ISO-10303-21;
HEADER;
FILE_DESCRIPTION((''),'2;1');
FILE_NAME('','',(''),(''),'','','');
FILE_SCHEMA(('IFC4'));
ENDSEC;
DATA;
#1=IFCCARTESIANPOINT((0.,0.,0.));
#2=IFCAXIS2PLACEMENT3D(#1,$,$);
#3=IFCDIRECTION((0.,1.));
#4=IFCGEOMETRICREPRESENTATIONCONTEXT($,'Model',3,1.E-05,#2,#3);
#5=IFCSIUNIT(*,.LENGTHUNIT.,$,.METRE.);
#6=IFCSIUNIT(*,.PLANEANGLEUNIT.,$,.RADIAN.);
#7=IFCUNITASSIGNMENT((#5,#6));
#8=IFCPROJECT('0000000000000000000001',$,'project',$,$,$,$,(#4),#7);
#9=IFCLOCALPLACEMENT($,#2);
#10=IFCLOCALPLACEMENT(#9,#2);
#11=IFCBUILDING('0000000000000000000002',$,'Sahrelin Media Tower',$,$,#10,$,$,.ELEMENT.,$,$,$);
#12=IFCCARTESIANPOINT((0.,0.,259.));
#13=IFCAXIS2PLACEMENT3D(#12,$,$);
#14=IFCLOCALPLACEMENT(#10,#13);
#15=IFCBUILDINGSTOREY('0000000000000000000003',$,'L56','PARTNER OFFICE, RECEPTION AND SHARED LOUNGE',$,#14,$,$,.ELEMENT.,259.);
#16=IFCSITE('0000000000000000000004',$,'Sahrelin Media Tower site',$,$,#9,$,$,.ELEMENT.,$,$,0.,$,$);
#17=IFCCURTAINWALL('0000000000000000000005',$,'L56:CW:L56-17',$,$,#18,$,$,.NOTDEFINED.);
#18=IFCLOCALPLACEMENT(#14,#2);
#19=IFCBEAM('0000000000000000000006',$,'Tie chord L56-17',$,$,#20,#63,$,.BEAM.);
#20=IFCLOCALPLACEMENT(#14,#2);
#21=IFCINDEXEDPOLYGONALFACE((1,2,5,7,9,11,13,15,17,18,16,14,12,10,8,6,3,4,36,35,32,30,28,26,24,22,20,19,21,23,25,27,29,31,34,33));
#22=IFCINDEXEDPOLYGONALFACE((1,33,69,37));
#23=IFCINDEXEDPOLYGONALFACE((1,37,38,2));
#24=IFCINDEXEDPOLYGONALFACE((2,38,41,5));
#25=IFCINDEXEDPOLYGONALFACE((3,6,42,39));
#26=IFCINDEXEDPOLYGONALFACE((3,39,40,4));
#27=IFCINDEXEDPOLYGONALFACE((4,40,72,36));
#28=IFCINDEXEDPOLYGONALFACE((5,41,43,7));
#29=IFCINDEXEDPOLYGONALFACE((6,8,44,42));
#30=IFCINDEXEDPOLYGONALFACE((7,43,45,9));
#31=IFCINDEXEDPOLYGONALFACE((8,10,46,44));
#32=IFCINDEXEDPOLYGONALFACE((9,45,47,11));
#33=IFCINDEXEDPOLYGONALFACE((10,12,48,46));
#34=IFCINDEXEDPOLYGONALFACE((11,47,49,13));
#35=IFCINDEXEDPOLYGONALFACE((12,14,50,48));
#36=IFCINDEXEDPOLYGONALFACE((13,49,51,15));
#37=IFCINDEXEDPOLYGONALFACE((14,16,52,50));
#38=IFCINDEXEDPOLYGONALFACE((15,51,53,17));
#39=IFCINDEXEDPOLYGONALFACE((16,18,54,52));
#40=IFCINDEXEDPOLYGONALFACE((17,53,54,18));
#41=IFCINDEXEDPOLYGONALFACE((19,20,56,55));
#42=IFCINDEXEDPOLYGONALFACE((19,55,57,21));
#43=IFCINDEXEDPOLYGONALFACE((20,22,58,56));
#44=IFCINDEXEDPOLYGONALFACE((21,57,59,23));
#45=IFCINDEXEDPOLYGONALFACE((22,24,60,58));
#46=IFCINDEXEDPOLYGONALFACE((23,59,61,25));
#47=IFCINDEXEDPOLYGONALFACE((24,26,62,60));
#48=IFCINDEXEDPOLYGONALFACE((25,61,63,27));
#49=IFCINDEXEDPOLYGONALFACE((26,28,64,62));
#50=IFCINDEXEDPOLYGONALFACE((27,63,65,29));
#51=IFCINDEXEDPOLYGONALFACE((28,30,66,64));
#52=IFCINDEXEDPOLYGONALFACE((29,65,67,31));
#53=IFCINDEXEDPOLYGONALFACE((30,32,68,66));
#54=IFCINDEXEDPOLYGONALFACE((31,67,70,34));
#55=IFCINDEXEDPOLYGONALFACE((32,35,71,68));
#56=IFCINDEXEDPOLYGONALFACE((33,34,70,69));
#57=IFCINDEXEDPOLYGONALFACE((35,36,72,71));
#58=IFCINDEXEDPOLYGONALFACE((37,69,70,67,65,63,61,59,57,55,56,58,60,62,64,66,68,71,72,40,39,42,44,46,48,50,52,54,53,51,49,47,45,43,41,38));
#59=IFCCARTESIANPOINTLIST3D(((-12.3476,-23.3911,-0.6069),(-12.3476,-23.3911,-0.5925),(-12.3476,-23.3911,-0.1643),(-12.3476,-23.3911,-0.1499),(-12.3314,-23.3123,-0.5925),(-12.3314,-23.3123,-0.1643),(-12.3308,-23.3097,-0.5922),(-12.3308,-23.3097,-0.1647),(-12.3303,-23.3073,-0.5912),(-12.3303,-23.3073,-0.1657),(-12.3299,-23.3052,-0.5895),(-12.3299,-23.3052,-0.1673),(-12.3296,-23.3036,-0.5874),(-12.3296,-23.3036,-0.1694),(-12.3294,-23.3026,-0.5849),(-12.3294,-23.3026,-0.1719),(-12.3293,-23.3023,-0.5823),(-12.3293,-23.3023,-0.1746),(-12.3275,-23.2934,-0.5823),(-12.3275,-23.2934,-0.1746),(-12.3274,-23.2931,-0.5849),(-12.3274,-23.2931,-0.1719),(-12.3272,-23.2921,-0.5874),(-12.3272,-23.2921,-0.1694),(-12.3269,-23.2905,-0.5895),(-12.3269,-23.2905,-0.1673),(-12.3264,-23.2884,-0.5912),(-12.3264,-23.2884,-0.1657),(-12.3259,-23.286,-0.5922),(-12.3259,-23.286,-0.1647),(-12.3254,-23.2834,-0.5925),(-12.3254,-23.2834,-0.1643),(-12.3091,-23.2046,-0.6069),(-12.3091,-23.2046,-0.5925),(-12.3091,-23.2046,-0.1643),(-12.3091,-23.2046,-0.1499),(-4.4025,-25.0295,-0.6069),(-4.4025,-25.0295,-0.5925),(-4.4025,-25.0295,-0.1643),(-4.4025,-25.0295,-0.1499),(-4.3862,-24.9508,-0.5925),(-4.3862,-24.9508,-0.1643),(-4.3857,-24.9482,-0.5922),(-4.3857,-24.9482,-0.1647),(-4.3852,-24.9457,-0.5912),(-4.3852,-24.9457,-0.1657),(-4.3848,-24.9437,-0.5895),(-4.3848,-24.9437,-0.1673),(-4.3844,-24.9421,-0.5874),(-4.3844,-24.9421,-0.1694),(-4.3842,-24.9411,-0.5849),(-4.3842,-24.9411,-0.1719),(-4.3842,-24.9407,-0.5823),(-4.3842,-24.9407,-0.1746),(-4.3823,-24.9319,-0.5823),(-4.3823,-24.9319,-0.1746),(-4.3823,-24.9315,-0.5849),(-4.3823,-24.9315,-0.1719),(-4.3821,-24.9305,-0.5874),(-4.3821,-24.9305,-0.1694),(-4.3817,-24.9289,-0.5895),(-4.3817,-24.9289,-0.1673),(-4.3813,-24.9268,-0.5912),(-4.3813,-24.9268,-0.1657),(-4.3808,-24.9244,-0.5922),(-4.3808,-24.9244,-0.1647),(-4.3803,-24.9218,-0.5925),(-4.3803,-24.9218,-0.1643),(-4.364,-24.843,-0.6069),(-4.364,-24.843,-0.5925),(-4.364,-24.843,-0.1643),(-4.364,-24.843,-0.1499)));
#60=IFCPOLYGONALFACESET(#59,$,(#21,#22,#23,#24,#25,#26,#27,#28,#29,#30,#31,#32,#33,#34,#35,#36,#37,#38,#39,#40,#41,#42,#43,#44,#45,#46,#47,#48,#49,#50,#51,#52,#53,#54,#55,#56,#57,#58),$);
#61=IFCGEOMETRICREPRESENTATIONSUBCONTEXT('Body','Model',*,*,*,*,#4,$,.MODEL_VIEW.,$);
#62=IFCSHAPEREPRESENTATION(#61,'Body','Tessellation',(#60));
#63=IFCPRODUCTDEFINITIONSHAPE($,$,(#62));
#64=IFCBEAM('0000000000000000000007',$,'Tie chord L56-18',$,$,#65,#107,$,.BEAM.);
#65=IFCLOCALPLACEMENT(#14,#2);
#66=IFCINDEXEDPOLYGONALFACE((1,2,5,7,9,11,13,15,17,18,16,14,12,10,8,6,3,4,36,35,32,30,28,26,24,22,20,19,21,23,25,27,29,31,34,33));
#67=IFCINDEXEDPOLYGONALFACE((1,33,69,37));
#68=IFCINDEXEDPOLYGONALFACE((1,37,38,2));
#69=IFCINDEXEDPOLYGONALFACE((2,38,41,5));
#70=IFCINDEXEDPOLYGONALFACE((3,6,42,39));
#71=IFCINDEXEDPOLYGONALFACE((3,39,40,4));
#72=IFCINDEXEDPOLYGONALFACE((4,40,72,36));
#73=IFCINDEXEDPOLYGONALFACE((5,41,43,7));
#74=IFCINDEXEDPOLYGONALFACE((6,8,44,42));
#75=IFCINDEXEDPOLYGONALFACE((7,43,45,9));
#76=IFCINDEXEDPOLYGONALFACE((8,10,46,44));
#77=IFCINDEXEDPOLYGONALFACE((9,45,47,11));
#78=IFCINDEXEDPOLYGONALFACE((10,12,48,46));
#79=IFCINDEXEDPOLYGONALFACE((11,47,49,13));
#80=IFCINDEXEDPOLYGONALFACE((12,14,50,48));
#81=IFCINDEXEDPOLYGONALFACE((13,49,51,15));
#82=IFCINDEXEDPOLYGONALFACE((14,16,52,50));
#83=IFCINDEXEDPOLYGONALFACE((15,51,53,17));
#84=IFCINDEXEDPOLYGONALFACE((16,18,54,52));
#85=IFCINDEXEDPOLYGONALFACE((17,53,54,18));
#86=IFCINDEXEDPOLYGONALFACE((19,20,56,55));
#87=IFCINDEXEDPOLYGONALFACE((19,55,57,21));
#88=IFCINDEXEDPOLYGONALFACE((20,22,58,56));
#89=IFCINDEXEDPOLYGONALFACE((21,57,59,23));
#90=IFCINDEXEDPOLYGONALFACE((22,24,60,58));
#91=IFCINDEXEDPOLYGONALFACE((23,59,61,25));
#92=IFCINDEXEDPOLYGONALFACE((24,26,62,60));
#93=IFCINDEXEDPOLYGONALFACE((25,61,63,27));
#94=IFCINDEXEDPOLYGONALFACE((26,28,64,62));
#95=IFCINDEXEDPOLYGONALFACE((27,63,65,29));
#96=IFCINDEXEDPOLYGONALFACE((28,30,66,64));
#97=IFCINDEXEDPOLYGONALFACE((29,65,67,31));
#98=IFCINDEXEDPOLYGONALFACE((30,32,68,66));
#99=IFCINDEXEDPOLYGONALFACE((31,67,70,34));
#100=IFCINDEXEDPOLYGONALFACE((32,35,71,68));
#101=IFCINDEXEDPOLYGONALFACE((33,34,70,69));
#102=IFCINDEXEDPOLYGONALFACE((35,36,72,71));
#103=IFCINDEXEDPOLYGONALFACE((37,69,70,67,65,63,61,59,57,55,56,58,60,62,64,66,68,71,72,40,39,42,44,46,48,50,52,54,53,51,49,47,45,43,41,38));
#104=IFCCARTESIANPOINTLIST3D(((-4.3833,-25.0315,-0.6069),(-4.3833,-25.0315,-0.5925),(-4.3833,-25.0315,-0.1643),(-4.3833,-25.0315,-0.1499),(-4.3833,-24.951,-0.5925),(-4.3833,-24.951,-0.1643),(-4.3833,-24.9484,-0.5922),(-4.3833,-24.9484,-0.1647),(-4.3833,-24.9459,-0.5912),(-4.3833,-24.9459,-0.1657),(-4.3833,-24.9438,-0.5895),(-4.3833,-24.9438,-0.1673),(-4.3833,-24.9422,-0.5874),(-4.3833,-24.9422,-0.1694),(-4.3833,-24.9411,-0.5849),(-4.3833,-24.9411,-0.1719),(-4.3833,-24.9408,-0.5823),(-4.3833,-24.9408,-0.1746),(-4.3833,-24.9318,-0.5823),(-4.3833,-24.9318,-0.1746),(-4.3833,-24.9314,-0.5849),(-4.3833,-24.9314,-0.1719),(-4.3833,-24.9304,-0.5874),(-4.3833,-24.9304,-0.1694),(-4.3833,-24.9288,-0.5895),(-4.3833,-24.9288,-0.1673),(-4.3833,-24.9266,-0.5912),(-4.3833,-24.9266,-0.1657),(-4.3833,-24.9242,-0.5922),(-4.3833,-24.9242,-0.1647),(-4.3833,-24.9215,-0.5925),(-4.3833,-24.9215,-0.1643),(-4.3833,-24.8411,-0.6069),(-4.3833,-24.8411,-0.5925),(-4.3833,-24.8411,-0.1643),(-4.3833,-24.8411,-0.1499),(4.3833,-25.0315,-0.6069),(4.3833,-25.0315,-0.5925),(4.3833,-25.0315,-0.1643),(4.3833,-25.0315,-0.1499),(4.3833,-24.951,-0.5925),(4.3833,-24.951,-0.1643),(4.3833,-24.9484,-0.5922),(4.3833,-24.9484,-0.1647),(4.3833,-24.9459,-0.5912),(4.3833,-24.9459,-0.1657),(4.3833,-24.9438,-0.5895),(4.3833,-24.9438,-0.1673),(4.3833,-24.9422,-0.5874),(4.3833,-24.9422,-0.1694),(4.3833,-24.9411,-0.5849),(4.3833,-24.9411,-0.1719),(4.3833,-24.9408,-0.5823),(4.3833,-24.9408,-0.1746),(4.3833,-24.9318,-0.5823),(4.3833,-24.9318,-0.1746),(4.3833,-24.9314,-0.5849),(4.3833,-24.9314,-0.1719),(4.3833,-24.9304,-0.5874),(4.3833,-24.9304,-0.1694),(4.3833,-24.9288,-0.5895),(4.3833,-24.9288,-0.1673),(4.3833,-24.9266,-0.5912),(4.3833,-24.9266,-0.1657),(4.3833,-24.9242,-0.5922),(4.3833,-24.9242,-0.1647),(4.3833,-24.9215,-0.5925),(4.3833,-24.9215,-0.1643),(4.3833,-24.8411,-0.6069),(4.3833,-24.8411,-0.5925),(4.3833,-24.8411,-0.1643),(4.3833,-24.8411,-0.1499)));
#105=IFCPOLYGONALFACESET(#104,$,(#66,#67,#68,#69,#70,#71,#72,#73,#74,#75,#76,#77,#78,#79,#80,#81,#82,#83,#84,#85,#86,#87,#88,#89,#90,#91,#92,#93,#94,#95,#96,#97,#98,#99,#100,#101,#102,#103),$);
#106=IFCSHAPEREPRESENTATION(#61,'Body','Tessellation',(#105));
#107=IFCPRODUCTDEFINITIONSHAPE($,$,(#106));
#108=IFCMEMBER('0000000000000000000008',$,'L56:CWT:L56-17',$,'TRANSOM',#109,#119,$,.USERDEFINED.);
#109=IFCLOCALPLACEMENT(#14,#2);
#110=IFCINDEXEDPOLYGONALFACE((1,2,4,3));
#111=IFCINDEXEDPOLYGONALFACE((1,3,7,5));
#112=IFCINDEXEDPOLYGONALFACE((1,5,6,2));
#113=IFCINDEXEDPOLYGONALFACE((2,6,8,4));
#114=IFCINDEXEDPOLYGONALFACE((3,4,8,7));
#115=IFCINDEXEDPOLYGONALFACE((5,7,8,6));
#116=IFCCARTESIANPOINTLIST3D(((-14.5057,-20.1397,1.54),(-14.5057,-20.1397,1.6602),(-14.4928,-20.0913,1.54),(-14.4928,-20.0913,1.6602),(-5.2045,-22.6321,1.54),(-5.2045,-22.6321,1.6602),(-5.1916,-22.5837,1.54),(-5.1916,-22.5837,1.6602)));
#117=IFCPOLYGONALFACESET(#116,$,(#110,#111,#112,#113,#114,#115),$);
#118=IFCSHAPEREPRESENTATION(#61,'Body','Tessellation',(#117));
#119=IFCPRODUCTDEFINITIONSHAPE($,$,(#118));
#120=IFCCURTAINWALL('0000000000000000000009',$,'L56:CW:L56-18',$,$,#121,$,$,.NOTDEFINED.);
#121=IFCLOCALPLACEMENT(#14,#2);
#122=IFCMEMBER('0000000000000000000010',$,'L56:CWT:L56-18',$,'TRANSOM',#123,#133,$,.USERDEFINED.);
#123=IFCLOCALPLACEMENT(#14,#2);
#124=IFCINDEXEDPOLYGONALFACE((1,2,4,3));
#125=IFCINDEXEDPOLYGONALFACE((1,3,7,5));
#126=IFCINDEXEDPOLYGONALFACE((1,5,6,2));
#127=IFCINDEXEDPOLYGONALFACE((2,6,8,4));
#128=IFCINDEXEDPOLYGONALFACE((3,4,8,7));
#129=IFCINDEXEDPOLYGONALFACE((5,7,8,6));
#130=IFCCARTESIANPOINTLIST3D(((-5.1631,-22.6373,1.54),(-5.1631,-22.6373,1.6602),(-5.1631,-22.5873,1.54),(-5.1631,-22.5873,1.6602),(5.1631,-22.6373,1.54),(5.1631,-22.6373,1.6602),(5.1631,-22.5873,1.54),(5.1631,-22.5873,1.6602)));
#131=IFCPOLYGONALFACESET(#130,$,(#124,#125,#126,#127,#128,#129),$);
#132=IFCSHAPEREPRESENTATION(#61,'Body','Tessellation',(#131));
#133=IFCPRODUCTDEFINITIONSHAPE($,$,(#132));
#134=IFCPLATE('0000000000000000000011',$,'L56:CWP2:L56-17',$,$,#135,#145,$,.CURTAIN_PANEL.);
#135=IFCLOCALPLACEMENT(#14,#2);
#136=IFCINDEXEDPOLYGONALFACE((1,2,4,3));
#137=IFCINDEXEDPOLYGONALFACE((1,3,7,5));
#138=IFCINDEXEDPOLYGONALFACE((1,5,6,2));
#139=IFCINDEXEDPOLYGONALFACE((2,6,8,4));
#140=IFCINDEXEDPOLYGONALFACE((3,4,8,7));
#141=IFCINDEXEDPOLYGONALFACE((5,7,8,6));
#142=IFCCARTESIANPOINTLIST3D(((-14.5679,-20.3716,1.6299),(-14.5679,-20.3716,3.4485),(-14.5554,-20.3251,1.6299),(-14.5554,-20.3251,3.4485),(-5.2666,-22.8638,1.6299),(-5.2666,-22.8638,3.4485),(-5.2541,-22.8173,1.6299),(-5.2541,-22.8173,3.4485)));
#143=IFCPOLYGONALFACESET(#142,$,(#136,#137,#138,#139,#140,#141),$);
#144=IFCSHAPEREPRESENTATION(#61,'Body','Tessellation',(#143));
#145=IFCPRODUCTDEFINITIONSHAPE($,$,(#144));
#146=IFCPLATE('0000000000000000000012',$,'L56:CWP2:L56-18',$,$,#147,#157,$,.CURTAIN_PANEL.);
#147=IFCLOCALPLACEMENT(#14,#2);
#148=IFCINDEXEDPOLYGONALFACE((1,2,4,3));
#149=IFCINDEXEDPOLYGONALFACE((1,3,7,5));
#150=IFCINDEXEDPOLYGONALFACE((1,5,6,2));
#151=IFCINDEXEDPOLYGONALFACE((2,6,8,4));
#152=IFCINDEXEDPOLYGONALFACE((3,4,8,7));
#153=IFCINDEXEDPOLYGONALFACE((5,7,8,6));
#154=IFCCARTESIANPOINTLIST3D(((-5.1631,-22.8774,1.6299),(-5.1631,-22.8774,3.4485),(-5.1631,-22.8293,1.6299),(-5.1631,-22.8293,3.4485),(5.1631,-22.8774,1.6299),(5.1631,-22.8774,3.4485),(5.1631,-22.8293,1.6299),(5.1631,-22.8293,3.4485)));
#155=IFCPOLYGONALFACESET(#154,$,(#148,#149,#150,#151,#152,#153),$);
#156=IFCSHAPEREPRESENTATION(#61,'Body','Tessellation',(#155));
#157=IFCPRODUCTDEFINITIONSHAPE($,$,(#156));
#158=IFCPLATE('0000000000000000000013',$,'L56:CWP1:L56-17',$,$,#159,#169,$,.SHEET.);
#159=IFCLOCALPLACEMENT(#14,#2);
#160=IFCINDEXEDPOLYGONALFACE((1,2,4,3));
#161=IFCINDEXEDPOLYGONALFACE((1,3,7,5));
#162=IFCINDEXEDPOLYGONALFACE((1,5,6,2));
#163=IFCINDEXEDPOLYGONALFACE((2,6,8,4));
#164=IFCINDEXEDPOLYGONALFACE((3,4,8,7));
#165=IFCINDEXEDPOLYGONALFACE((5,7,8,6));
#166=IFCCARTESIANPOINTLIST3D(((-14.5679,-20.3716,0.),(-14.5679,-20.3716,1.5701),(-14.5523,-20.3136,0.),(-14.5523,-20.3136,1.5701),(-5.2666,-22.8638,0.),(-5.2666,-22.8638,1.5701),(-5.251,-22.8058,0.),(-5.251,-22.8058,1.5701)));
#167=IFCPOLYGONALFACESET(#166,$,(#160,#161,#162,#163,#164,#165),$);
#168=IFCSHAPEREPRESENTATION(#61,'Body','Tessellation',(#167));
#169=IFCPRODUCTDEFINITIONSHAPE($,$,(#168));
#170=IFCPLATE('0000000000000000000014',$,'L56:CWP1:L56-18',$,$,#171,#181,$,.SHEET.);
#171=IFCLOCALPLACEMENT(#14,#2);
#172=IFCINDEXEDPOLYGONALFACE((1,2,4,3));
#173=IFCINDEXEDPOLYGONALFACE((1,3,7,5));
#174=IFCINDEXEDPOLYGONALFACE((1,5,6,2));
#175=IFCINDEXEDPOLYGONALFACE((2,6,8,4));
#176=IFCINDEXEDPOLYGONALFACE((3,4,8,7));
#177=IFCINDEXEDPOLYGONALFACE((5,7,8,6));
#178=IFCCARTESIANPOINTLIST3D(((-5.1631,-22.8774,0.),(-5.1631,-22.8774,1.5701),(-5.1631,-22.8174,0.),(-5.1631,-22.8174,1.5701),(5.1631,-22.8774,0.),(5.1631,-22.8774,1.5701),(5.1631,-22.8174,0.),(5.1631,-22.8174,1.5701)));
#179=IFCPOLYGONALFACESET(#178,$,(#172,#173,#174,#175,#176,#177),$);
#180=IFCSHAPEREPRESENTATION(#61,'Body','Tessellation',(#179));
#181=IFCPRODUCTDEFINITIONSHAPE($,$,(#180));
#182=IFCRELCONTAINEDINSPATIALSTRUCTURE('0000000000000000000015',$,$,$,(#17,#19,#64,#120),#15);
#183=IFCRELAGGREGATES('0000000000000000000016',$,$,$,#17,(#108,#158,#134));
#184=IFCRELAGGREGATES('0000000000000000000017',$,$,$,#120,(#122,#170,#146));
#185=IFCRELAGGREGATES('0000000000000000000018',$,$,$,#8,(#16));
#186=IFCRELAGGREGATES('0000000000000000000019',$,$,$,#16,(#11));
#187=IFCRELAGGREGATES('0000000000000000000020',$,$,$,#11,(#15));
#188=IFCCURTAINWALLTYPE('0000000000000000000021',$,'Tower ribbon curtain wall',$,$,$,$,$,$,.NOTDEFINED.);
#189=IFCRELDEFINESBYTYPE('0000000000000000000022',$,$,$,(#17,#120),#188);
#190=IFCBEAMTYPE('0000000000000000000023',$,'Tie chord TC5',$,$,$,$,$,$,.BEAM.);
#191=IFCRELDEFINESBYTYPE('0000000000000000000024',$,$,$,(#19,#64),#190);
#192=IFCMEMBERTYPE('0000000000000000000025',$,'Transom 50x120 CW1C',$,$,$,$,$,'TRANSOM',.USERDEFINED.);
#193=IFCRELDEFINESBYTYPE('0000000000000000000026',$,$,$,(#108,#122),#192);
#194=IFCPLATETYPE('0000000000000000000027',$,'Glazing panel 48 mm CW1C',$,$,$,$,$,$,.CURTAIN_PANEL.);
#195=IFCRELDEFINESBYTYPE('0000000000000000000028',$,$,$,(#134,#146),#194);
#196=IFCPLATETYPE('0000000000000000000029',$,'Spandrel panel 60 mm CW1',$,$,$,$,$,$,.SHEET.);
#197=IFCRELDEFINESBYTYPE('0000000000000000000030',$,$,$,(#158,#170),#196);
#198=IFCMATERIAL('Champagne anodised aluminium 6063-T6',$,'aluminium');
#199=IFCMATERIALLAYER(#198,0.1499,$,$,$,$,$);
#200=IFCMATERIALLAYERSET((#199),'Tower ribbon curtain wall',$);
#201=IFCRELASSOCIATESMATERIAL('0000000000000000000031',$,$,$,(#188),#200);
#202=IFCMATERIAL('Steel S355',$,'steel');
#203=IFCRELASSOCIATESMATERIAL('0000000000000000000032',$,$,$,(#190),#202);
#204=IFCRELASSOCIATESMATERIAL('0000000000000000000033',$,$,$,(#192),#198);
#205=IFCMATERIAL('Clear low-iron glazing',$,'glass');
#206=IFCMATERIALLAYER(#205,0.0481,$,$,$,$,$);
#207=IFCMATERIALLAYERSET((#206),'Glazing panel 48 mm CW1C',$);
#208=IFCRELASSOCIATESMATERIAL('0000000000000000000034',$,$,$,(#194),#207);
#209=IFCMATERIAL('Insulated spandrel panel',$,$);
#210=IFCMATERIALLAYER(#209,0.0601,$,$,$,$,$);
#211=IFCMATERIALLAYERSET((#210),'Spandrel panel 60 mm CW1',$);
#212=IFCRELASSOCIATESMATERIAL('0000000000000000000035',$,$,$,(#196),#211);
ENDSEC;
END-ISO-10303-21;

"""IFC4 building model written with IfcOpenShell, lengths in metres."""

from ifc_helpers import new_model, si_unit, direction, frame, origin, origin_2d, place, context, subcontext, project, spatial, polyline, rectangle, i_section, outline, extrude, material, layer, layer_set, material_profile, profile_set, type_object, element, aggregate, save


model = new_model("IFC4")

# Units and contexts
model_context = context("Model", 3, precision=1e-05, world=origin(), true_north=direction((0.0, 1.0)))
body_context = subcontext(model_context, "Body", "Model", "MODEL_VIEW")
ifc_project = project(units=[si_unit("LENGTHUNIT", "METRE"), si_unit("PLANEANGLEUNIT", "RADIAN")], contexts=[model_context])

# Site, building, storey
site_placement = place(None, origin())
site = spatial("IfcSite", under=ifc_project, at=site_placement, Name="Sahrelin Media Tower site", CompositionType="ELEMENT", RefElevation=0.0)
building_placement = place(site_placement, origin())
building = spatial("IfcBuilding", under=site, at=building_placement, Name="Sahrelin Media Tower", CompositionType="ELEMENT")
storey_placement = place(building_placement, frame((0.0, 0.0, 259.0)))
storey = spatial("IfcBuildingStorey", under=building, at=storey_placement, Name="L56", Description="PARTNER OFFICE, RECEPTION AND SHARED LOUNGE", CompositionType="ELEMENT", Elevation=259.0)

# Shared definitions
ifc_material_1 = material(Name="Steel S355", Category="steel")

# Curtain wall
ifc_material_2 = material(Name="Champagne anodised aluminium 6063-T6", Category="aluminium")
ifc_layer_1 = layer(ifc_material_2, 0.1499)
ifc_layer_set_1 = layer_set([ifc_layer_1], Name="Tower ribbon curtain wall")
curtain_wall_type = type_object("IfcCurtainWallType", Name="Tower ribbon curtain wall", PredefinedType="NOTDEFINED", material=ifc_layer_set_1)
curtain_wall_1_placement = place(storey_placement, frame((-9.9121, -21.5984, 0.0), z_axis=(0.0, 0.0, 1.0), x_axis=(1.0, 0.0, 0.0)))
curtain_wall_1 = element("IfcCurtainWall", 1, at=curtain_wall_1_placement, inside=storey, type_object=curtain_wall_type, Name="L56:CW:L56-17", PredefinedType="NOTDEFINED")

# Beams
ifc_material_profile_1 = material_profile(ifc_material_1, i_section(OverallWidth=0.1904, OverallDepth=0.457, WebThickness=0.009, FlangeThickness=0.0144, FilletRadius=0.0103, at=origin_2d()), Name="UB 457x191x74")
ifc_profile_set_1 = profile_set([ifc_material_profile_1], Name="Steel S355")
beam_type_1 = type_object("IfcBeamType", Name="Tie chord TC5", PredefinedType="BEAM", material=ifc_profile_set_1)
beam_1_placement = place(storey_placement, frame((-12.3284, -23.2979, -0.3784), z_axis=(0.979392, -0.20197, 0.0), x_axis=(0.20197, 0.979392, 0.0)))
element("IfcBeam", 2, at=beam_1_placement, inside=storey, type_object=beam_type_1, Name="Tie chord L56-17", PredefinedType="BEAM", context=body_context, shape_type="SweptSolid", body=[
    extrude(i_section(OverallWidth=0.1904, OverallDepth=0.457, WebThickness=0.009, FlangeThickness=0.0144, FilletRadius=0.0103, at=origin_2d()), origin(), (0.0, 0.0, 1.0), 8.1123),
])
beam_2_placement = place(storey_placement, frame((-4.3833, -24.9363, -0.3784), z_axis=(1.0, 0.0, 0.0), x_axis=(0.0, 1.0, 0.0)))
element("IfcBeam", 3, at=beam_2_placement, inside=storey, type_object=beam_type_1, Name="Tie chord L56-18", PredefinedType="BEAM", context=body_context, shape_type="SweptSolid", body=[
    extrude(i_section(OverallWidth=0.1904, OverallDepth=0.457, WebThickness=0.009, FlangeThickness=0.0144, FilletRadius=0.0103, at=origin_2d()), origin(), (0.0, 0.0, 1.0), 8.7666),
])

# Member
ifc_material_profile_2 = material_profile(ifc_material_2, rectangle(XDim=0.05, YDim=0.1201, at=origin_2d()), Name="Transom 50x120")
ifc_profile_set_2 = profile_set([ifc_material_profile_2], Name="Champagne anodised aluminium 6063-T6")
member_type_1 = type_object("IfcMemberType", Name="Transom 50x120 CW1C", ElementType="TRANSOM", PredefinedType="USERDEFINED", material=ifc_profile_set_2)
member_1_placement = place(storey_placement, frame((-14.4993, -20.1155, 1.6001), z_axis=(0.965922, -0.258835, 0.0), x_axis=(0.258835, 0.965922, 0.0)))
member_1 = element("IfcMember", 4, at=member_1_placement, type_object=member_type_1, Name="L56:CWT:L56-17", ObjectType="TRANSOM", PredefinedType="USERDEFINED", context=body_context, shape_type="SweptSolid", body=[
    extrude(rectangle(XDim=0.05, YDim=0.1201, at=origin_2d()), origin(), (0.0, 0.0, 1.0), 9.6294),
])

# Curtain wall, member
curtain_wall_2_placement = place(storey_placement, frame((0.0, -22.8574, 0.0), z_axis=(0.0, 0.0, 1.0), x_axis=(1.0, 0.0, 0.0)))
curtain_wall_2 = element("IfcCurtainWall", 5, at=curtain_wall_2_placement, inside=storey, type_object=curtain_wall_type, Name="L56:CW:L56-18", PredefinedType="NOTDEFINED")
member_2_placement = place(storey_placement, frame((-5.1631, -22.6123, 1.6001), z_axis=(1.0, 0.0, 0.0), x_axis=(0.0, 1.0, 0.0)))
member_2 = element("IfcMember", 6, at=member_2_placement, type_object=member_type_1, Name="L56:CWT:L56-18", ObjectType="TRANSOM", PredefinedType="USERDEFINED", context=body_context, shape_type="SweptSolid", body=[
    extrude(rectangle(XDim=0.05, YDim=0.1201, at=origin_2d()), origin(), (0.0, 0.0, 1.0), 10.3262),
])

# Plates
ifc_material_3 = material(Name="Clear low-iron glazing", Category="glass")
ifc_layer_2 = layer(ifc_material_3, 0.0481)
ifc_layer_set_2 = layer_set([ifc_layer_2], Name="Glazing panel 48 mm CW1C")
plate_type_1 = type_object("IfcPlateType", Name="Glazing panel 48 mm CW1C", PredefinedType="CURTAIN_PANEL", material=ifc_layer_set_2)
plate_1_placement = place(storey_placement, frame((-14.5679, -20.3716, 1.6299), z_axis=(-0.258811, -0.965928, 0.0), x_axis=(0.965928, -0.258811, 0.0)))
plate_1 = element("IfcPlate", 7, at=plate_1_placement, type_object=plate_type_1, Name="L56:CWP2:L56-17", PredefinedType="CURTAIN_PANEL", context=body_context, shape_type="SweptSolid", body=[
    extrude(outline(polyline([(0.0, 0.0), (9.6294, 0.0), (9.6294, 1.8186), (0.0, 1.8186), (0.0, 0.0)])), origin(), (0.0, 0.0, -1.0), 0.0481),
])
plate_2_placement = place(storey_placement, frame((-5.1631, -22.8774, 1.6299), z_axis=(0.0, -1.0, 0.0), x_axis=(1.0, 0.0, 0.0)))
plate_2 = element("IfcPlate", 8, at=plate_2_placement, type_object=plate_type_1, Name="L56:CWP2:L56-18", PredefinedType="CURTAIN_PANEL", context=body_context, shape_type="SweptSolid", body=[
    extrude(outline(polyline([(0.0, 0.0), (10.3262, 0.0), (10.3262, 1.8186), (0.0, 1.8186), (0.0, 0.0)])), origin(), (0.0, 0.0, -1.0), 0.0481),
])
ifc_material_4 = material(Name="Insulated spandrel panel")
ifc_layer_3 = layer(ifc_material_4, 0.0601)
ifc_layer_set_3 = layer_set([ifc_layer_3], Name="Spandrel panel 60 mm CW1")
plate_type_2 = type_object("IfcPlateType", Name="Spandrel panel 60 mm CW1", PredefinedType="SHEET", material=ifc_layer_set_3)
plate_3_placement = place(storey_placement, frame((-14.5679, -20.3716, 0.0), z_axis=(-0.258811, -0.965928, 0.0), x_axis=(0.965928, -0.258811, 0.0)))
plate_3 = element("IfcPlate", 9, at=plate_3_placement, type_object=plate_type_2, Name="L56:CWP1:L56-17", PredefinedType="SHEET", context=body_context, shape_type="SweptSolid", body=[
    extrude(outline(polyline([(0.0, 0.0), (9.6294, 0.0), (9.6294, 1.5701), (0.0, 1.5701), (0.0, 0.0)])), origin(), (0.0, 0.0, -1.0), 0.0601),
])
aggregate(curtain_wall_1, [member_1, plate_3, plate_1])
plate_4_placement = place(storey_placement, frame((-5.1631, -22.8774, 0.0), z_axis=(0.0, -1.0, 0.0), x_axis=(1.0, 0.0, 0.0)))
plate_4 = element("IfcPlate", 10, at=plate_4_placement, type_object=plate_type_2, Name="L56:CWP1:L56-18", PredefinedType="SHEET", context=body_context, shape_type="SweptSolid", body=[
    extrude(outline(polyline([(0.0, 0.0), (10.3262, 0.0), (10.3262, 1.5701), (0.0, 1.5701), (0.0, 0.0)])), origin(), (0.0, 0.0, -1.0), 0.0601),
])
aggregate(curtain_wall_2, [member_2, plate_4, plate_2])

save(model, "model.ifc")
